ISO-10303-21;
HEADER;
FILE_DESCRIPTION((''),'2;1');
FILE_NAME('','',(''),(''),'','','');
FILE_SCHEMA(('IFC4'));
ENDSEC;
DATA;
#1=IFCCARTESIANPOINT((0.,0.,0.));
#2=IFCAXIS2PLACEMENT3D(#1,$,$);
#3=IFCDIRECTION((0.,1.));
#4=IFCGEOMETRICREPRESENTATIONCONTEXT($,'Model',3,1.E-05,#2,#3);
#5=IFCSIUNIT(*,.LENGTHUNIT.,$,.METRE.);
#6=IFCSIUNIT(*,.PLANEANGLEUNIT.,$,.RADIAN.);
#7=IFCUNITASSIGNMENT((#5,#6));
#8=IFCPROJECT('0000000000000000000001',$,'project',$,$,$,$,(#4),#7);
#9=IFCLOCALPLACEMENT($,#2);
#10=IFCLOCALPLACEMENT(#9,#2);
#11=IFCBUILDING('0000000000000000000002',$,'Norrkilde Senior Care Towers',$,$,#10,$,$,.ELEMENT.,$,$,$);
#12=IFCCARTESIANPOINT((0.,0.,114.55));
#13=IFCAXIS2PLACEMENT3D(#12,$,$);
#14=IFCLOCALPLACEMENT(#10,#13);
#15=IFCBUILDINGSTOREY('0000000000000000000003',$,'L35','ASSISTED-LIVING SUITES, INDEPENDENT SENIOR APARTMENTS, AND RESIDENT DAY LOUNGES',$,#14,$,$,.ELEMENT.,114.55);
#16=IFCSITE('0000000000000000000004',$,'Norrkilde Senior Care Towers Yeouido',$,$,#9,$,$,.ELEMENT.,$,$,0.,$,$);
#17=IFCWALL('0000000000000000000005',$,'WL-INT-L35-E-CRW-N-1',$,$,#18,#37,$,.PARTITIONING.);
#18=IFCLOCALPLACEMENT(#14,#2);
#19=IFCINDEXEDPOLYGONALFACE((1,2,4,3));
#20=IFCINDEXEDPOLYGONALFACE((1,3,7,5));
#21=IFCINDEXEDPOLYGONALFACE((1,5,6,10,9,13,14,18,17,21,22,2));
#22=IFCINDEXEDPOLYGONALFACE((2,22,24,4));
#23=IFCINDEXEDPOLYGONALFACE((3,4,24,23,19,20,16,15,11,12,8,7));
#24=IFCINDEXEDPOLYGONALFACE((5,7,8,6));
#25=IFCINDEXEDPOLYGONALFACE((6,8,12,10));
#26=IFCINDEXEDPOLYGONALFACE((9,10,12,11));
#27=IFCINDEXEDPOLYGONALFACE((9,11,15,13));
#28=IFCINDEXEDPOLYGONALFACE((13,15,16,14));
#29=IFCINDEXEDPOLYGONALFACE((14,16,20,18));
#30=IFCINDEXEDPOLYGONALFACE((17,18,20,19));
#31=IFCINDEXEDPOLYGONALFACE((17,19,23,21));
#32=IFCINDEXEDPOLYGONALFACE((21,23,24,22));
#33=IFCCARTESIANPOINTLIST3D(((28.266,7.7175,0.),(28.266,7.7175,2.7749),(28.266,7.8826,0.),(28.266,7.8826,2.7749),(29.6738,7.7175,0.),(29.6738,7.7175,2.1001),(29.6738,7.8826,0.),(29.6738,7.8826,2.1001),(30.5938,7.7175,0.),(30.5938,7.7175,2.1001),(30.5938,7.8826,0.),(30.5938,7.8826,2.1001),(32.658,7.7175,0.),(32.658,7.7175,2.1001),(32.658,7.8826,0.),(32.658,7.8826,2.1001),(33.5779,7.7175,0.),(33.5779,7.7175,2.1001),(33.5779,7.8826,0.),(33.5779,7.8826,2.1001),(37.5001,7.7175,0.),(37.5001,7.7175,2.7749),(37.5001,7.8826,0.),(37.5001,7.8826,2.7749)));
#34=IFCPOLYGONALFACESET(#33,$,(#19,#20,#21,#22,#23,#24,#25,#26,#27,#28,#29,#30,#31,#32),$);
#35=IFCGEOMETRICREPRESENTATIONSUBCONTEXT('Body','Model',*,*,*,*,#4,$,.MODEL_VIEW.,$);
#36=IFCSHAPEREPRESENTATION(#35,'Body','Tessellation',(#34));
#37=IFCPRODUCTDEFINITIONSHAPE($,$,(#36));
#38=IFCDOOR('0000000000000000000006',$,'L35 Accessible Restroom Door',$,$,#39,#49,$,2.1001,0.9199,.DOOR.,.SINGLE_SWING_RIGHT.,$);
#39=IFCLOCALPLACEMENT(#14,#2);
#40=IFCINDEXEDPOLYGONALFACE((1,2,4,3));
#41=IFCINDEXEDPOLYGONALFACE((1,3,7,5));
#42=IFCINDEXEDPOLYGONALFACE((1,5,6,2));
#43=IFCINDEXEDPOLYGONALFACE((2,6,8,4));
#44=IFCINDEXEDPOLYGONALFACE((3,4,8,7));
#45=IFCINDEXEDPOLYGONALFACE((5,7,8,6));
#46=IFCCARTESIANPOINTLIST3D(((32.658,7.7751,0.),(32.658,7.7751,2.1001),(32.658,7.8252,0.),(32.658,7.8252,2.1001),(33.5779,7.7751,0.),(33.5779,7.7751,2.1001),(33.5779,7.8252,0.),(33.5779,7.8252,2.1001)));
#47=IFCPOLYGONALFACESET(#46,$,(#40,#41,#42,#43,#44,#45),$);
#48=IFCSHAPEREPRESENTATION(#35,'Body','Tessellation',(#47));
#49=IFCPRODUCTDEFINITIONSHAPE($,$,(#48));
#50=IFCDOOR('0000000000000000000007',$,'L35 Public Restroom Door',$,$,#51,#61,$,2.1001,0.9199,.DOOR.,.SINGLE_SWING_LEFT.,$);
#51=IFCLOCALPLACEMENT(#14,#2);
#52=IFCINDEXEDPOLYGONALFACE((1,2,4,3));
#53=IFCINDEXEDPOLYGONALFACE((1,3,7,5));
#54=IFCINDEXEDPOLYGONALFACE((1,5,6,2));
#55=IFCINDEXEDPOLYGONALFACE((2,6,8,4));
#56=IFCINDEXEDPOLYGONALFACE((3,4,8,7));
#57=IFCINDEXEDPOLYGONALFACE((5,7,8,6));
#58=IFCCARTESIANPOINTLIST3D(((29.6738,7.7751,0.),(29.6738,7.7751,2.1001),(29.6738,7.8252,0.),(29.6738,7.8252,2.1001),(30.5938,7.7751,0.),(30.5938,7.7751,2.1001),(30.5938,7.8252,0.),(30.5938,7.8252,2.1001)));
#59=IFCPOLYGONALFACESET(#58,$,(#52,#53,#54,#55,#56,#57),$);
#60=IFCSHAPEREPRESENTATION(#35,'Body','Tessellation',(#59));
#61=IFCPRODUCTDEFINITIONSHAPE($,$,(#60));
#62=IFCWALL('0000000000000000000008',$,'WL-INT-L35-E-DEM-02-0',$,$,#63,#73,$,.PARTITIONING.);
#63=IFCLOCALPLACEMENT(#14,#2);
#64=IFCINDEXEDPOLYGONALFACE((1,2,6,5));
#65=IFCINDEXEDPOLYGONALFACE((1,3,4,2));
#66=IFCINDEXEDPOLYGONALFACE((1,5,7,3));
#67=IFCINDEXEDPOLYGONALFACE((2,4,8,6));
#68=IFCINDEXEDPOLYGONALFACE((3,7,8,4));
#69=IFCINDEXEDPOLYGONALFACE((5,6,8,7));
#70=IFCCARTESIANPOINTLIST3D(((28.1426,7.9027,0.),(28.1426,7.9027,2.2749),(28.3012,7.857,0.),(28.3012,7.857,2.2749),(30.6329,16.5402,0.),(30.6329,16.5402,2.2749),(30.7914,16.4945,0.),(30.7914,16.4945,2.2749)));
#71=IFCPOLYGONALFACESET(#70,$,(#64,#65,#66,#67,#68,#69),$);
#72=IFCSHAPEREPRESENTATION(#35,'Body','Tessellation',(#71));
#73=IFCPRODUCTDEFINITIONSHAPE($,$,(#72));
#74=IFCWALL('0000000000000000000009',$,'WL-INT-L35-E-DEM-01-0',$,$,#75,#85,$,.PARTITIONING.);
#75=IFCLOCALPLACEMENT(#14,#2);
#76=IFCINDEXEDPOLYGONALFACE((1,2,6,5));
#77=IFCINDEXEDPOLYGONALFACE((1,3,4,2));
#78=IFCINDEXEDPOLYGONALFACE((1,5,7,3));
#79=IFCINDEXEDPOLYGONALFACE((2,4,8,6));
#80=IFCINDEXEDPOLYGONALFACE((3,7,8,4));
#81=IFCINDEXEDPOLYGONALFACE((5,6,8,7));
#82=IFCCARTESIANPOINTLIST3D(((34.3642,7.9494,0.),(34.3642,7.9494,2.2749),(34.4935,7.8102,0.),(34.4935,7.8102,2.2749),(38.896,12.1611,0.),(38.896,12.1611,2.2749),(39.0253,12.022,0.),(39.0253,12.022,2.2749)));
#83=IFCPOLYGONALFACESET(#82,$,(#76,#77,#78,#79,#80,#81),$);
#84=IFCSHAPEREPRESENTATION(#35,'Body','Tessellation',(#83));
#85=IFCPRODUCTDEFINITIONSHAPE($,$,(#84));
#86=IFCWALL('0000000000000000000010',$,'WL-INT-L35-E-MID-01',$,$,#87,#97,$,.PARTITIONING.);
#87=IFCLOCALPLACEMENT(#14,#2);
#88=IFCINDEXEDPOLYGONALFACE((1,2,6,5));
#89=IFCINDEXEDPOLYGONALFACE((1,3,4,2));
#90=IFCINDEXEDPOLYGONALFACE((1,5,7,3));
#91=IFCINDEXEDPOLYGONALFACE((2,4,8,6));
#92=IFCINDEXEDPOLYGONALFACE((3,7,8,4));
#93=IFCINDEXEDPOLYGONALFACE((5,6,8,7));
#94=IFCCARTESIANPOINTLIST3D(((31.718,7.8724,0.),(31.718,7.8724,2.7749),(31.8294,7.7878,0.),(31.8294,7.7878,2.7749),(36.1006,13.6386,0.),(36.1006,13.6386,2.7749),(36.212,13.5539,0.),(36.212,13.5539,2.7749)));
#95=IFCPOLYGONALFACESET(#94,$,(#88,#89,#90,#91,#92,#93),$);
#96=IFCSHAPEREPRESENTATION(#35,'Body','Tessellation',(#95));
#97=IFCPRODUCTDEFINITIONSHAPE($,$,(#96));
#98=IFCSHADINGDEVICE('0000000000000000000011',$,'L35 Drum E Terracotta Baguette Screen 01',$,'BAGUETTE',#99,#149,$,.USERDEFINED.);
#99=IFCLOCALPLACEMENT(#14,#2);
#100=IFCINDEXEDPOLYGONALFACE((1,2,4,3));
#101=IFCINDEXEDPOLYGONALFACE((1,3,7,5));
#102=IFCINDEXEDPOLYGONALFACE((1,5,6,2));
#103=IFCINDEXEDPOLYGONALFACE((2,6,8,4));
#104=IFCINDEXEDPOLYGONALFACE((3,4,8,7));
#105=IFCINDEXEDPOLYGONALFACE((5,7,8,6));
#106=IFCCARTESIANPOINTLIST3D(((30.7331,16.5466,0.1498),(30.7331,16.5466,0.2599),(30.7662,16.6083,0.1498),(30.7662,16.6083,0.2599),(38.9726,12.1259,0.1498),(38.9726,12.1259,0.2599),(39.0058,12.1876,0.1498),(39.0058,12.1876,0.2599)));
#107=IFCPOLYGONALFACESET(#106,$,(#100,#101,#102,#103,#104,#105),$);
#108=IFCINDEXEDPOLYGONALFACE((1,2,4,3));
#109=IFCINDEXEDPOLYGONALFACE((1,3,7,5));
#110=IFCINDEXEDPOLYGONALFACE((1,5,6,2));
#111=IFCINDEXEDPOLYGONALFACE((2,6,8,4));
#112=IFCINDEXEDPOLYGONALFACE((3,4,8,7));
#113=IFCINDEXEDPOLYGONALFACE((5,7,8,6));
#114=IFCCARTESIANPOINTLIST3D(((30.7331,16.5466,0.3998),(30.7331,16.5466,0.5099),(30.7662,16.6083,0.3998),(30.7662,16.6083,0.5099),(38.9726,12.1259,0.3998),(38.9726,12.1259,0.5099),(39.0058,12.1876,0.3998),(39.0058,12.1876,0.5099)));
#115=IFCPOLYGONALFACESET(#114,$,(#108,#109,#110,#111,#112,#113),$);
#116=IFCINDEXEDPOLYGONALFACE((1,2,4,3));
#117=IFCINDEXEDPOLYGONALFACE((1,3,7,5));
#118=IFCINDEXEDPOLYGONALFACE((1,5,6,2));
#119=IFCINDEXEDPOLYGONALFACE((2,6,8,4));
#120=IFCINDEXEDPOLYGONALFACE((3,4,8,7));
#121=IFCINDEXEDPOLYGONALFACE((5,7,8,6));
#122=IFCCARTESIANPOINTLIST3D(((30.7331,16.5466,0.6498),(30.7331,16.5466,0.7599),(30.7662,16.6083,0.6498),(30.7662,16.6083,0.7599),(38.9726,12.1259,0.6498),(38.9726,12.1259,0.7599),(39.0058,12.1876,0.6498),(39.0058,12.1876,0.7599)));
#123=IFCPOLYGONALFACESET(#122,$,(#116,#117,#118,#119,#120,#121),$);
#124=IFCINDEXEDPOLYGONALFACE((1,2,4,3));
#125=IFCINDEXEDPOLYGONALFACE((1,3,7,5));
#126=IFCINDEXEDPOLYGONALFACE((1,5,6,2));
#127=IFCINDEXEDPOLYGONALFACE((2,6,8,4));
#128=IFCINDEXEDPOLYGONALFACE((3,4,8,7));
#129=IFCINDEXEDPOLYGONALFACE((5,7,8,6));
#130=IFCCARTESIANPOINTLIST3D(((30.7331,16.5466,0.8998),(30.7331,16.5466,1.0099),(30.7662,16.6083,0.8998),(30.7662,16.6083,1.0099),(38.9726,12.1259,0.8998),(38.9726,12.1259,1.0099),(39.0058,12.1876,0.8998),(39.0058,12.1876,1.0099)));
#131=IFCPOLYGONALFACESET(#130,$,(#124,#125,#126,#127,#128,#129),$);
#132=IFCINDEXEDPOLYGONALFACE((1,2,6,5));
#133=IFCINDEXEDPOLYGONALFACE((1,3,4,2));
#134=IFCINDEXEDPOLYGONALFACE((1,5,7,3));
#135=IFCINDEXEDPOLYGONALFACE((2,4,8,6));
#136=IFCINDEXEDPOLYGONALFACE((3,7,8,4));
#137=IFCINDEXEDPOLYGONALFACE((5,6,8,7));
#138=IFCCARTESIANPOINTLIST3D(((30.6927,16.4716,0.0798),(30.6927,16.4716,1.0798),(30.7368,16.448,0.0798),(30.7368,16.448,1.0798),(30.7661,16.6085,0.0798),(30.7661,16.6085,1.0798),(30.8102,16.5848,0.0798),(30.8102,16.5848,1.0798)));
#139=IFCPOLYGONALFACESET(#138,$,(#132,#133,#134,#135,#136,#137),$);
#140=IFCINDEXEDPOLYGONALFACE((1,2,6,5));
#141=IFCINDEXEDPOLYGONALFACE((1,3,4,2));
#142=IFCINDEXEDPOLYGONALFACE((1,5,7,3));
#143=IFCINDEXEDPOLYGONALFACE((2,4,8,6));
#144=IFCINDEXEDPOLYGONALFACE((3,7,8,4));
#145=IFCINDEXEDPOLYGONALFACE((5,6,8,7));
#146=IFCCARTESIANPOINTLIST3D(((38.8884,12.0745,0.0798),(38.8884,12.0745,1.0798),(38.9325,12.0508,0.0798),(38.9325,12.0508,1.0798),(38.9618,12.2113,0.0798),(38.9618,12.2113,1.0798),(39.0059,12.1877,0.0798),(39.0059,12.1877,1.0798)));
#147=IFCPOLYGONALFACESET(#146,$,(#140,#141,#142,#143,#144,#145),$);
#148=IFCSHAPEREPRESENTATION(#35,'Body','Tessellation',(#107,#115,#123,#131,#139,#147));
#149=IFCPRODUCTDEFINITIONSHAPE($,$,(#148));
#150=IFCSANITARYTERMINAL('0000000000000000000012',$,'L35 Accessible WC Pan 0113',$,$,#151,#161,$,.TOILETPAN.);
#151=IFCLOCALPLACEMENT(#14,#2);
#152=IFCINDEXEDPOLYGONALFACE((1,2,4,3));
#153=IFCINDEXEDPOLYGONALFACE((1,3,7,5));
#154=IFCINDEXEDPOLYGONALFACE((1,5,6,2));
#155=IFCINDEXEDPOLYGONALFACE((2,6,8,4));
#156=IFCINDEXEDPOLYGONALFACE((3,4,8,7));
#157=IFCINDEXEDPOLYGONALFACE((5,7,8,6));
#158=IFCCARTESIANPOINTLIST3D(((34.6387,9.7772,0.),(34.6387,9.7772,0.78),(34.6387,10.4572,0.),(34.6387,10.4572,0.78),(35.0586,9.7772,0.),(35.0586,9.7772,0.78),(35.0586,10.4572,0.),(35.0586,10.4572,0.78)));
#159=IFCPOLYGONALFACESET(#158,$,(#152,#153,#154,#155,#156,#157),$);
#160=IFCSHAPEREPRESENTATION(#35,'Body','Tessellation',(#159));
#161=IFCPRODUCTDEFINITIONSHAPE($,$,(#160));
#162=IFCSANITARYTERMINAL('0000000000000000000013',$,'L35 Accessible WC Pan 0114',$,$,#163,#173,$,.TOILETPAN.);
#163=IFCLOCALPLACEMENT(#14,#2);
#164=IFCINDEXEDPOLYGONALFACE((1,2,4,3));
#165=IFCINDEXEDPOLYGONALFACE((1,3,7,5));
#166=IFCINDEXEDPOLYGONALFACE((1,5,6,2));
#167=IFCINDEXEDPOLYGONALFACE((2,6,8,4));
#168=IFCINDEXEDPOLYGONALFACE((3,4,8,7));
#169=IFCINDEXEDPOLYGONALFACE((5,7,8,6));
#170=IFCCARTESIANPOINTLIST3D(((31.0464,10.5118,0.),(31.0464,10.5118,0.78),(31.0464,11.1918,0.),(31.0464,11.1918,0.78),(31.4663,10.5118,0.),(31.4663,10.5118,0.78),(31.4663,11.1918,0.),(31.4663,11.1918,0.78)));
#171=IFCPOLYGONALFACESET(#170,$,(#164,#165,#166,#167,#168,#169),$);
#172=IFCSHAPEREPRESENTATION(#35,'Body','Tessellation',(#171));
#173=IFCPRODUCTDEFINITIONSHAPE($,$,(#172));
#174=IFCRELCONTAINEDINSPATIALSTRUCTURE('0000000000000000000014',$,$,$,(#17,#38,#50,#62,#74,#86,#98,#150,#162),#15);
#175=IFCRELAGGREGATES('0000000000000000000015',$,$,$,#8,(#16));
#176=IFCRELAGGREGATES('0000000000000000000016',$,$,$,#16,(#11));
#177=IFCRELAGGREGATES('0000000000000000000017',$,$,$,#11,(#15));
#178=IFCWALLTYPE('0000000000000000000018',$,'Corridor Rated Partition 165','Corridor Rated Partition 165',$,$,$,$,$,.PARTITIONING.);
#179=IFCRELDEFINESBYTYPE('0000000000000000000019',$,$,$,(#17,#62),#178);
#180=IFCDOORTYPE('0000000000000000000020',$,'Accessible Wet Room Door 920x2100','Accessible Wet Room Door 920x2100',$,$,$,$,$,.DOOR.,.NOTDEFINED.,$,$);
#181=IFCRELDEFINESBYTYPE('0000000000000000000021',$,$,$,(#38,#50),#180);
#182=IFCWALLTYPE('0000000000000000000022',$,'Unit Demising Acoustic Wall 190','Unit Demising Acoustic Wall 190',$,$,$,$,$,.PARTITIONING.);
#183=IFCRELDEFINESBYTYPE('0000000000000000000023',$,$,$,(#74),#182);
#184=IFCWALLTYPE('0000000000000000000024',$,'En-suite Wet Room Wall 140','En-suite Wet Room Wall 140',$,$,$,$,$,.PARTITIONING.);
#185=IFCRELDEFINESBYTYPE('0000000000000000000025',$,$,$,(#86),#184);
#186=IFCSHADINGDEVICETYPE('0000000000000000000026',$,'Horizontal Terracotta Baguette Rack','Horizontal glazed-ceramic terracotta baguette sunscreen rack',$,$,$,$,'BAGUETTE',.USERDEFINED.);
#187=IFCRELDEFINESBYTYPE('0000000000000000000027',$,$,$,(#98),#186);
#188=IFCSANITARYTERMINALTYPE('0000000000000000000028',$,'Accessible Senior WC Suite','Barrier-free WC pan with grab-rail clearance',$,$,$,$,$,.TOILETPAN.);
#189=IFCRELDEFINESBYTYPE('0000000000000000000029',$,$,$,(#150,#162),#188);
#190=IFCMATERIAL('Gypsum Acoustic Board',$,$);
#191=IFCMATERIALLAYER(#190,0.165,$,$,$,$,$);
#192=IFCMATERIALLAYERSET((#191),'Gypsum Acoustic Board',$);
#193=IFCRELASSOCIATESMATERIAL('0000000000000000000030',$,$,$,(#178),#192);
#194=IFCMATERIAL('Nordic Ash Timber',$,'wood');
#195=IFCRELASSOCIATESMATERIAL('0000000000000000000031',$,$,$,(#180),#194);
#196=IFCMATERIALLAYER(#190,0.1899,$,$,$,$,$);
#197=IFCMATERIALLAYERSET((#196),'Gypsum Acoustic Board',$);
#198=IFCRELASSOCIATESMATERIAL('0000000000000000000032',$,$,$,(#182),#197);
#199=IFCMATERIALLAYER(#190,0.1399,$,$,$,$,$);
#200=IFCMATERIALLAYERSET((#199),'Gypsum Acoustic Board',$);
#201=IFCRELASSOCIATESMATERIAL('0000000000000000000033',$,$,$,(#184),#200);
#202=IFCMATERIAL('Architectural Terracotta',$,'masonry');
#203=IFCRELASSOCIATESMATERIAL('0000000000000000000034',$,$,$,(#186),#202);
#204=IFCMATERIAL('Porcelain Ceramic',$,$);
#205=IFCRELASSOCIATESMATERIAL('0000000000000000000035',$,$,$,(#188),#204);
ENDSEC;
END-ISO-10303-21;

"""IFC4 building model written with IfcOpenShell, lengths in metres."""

from ifc_helpers import new_model, si_unit, direction, frame, frame_2d, origin, origin_2d, place, context, subcontext, project, spatial, rectangle, extrude, source, transform, mapped, material, layer, layer_set, type_object, type_shapes, element, fill, save


model = new_model("IFC4")

# Units and contexts
model_context = context("Model", 3, precision=1e-05, world=origin(), true_north=direction((0.0, 1.0)))
body_context = subcontext(model_context, "Body", "Model", "MODEL_VIEW")
ifc_project = project(units=[si_unit("LENGTHUNIT", "METRE"), si_unit("PLANEANGLEUNIT", "RADIAN")], contexts=[model_context])

# Site, building, storey
site_placement = place(None, origin())
site = spatial("IfcSite", under=ifc_project, at=site_placement, Name="Norrkilde Senior Care Towers Yeouido", CompositionType="ELEMENT", RefElevation=0.0)
building_placement = place(site_placement, origin())
building = spatial("IfcBuilding", under=site, at=building_placement, Name="Norrkilde Senior Care Towers", CompositionType="ELEMENT")
storey_placement = place(building_placement, frame((0.0, 0.0, 114.55)))
storey = spatial("IfcBuildingStorey", under=building, at=storey_placement, Name="L35", Description="ASSISTED-LIVING SUITES, INDEPENDENT SENIOR APARTMENTS, AND RESIDENT DAY LOUNGES", CompositionType="ELEMENT", Elevation=114.55)

# Shared definitions
ifc_material_1 = material(Name="Gypsum Acoustic Board")
ifc_layer_1 = layer(ifc_material_1, 0.165)
ifc_layer_set_1 = layer_set([ifc_layer_1], Name="Gypsum Acoustic Board")
wall_type_1 = type_object("IfcWallType", Name="Corridor Rated Partition 165", Description="Corridor Rated Partition 165", PredefinedType="PARTITIONING", material=ifc_layer_set_1)
ifc_material_2 = material(Name="Nordic Ash Timber", Category="wood")

# Wall, openings, doors
shared_shape_1 = source(origin(), body_context, "Body", "SweptSolid", [
    extrude(rectangle(XDim=9.2341, YDim=0.165, at=frame_2d((4.6172, 0.0))), origin(), (0.0, 0.0, 1.0), 2.7749),
])
wall_1_placement = place(storey_placement, frame((28.2659, 7.8, 0.0), z_axis=(0.0, 0.0, 1.0), x_axis=(1.0, 0.0, 0.0)))
wall_1 = element("IfcWall", 1, at=wall_1_placement, inside=storey, type_object=wall_type_1, Name="WL-INT-L35-E-CRW-N-1", PredefinedType="PARTITIONING", context=body_context, shape_type="MappedRepresentation", body=[
    mapped(shared_shape_1, transform((0.0, 0.0, 0.0), x_axis=(1.0, 0.0, 0.0), y_axis=(0.0, 1.0, 0.0), z_axis=(0.0, 0.0, 1.0), scale=1.0)),
])
opening_1_placement = place(wall_1_placement, frame((4.3921, 0.0, 0.0)))
opening_1 = element("IfcOpeningElement", 2, at=opening_1_placement, cuts=wall_1, PredefinedType="OPENING", context=body_context, shape_type="SweptSolid", body=[
    extrude(rectangle(XDim=0.9199, YDim=2.1001, at=frame_2d((0.46, 1.05))), frame((0.0, 0.0925, 0.0), z_axis=(0.0, -1.0, 0.0), x_axis=(1.0, 0.0, 0.0)), (0.0, 0.0, 1.0), 0.1851),
])
opening_2_placement = place(wall_1_placement, frame((1.408, 0.0, 0.0)))
opening_2 = element("IfcOpeningElement", 3, at=opening_2_placement, cuts=wall_1, PredefinedType="OPENING", context=body_context, shape_type="SweptSolid", body=[
    extrude(rectangle(XDim=0.9199, YDim=2.1001, at=frame_2d((0.46, 1.05))), frame((0.0, 0.0925, 0.0), z_axis=(0.0, -1.0, 0.0), x_axis=(1.0, 0.0, 0.0)), (0.0, 0.0, 1.0), 0.1851),
])
door_type_1 = type_object("IfcDoorType", Name="Accessible Wet Room Door 920x2100", Description="Accessible Wet Room Door 920x2100", OperationType="NOTDEFINED", PredefinedType="DOOR", material=ifc_material_2)
shared_shape_2 = source(origin(), body_context, "Body", "SweptSolid", [
    extrude(rectangle(XDim=0.9199, YDim=2.1001, at=frame_2d((0.46, 1.05))), frame((0.0, 0.0249, 0.0), z_axis=(0.0, -1.0, 0.0), x_axis=(1.0, 0.0, 0.0)), (0.0, 0.0, 1.0), 0.05),
])
type_shapes(door_type_1, [shared_shape_2])
door_1_placement = place(opening_1_placement, frame((0.9199, 0.0, 0.0), z_axis=(0.0, 0.0, 1.0), x_axis=(-1.0, 0.0, 0.0)))
door_1 = element("IfcDoor", 4, at=door_1_placement, inside=storey, type_object=door_type_1, Name="L35 Accessible Restroom Door", OperationType="SINGLE_SWING_RIGHT", OverallHeight=2.1001, OverallWidth=0.9199, PredefinedType="DOOR", context=body_context, shape_type="MappedRepresentation", body=[
    mapped(shared_shape_2, transform((0.0, 0.0, 0.0), x_axis=(1.0, 0.0, 0.0), y_axis=(0.0, 1.0, 0.0), z_axis=(0.0, 0.0, 1.0), scale=1.0)),
])
fill(opening_1, door_1)
door_2_placement = place(opening_2_placement, frame((0.9199, 0.0, 0.0), z_axis=(0.0, 0.0, 1.0), x_axis=(-1.0, 0.0, 0.0)))
door_2 = element("IfcDoor", 5, at=door_2_placement, inside=storey, type_object=door_type_1, Name="L35 Public Restroom Door", OperationType="SINGLE_SWING_LEFT", OverallHeight=2.1001, OverallWidth=0.9199, PredefinedType="DOOR", context=body_context, shape_type="MappedRepresentation", body=[
    mapped(shared_shape_2, transform((0.0, 0.0, 0.0), x_axis=(1.0, 0.0, 0.0), y_axis=(0.0, 1.0, 0.0), z_axis=(0.0, 0.0, 1.0), scale=1.0)),
])
fill(opening_2, door_2)

# Walls
shared_shape_3 = source(origin(), body_context, "Body", "SweptSolid", [
    extrude(rectangle(XDim=8.9893, YDim=0.165, at=frame_2d((4.4946, 0.0))), origin(), (0.0, 0.0, 1.0), 2.2749),
])
wall_2_placement = place(storey_placement, frame((28.2219, 7.8799, 0.0), z_axis=(0.0, 0.0, 1.0), x_axis=(0.277023, 0.960863, 0.0)))
element("IfcWall", 6, at=wall_2_placement, inside=storey, type_object=wall_type_1, Name="WL-INT-L35-E-DEM-02-0", PredefinedType="PARTITIONING", context=body_context, shape_type="MappedRepresentation", body=[
    mapped(shared_shape_3, transform((0.0, 0.0, 0.0), x_axis=(1.0, 0.0, 0.0), y_axis=(0.0, 1.0, 0.0), z_axis=(0.0, 0.0, 1.0), scale=1.0)),
])
ifc_layer_2 = layer(ifc_material_1, 0.1899)
ifc_layer_set_2 = layer_set([ifc_layer_2], Name="Gypsum Acoustic Board")
wall_type_2 = type_object("IfcWallType", Name="Unit Demising Acoustic Wall 190", Description="Unit Demising Acoustic Wall 190", PredefinedType="PARTITIONING", material=ifc_layer_set_2)
shared_shape_4 = source(origin(), body_context, "Body", "SweptSolid", [
    extrude(rectangle(XDim=6.1868, YDim=0.1899, at=frame_2d((3.0933, 0.0))), origin(), (0.0, 0.0, 1.0), 2.2749),
])
type_shapes(wall_type_2, [shared_shape_4])
wall_3_placement = place(storey_placement, frame((34.429, 7.8799, 0.0), z_axis=(0.0, 0.0, 1.0), x_axis=(0.732501, 0.680766, 0.0)))
element("IfcWall", 7, at=wall_3_placement, inside=storey, type_object=wall_type_2, Name="WL-INT-L35-E-DEM-01-0", PredefinedType="PARTITIONING", context=body_context, shape_type="MappedRepresentation", body=[
    mapped(shared_shape_4, transform((0.0, 0.0, 0.0), x_axis=(1.0, 0.0, 0.0), y_axis=(0.0, 1.0, 0.0), z_axis=(0.0, 0.0, 1.0), scale=1.0)),
])
ifc_layer_3 = layer(ifc_material_1, 0.1399)
ifc_layer_set_3 = layer_set([ifc_layer_3], Name="Gypsum Acoustic Board")
wall_type_3 = type_object("IfcWallType", Name="En-suite Wet Room Wall 140", Description="En-suite Wet Room Wall 140", PredefinedType="PARTITIONING", material=ifc_layer_set_3)
shared_shape_5 = source(origin(), body_context, "Body", "SweptSolid", [
    extrude(rectangle(XDim=7.2427, YDim=0.1399, at=frame_2d((3.6213, 0.0))), origin(), (0.0, 0.0, 1.0), 2.7749),
])
type_shapes(wall_type_3, [shared_shape_5])
wall_4_placement = place(storey_placement, frame((31.7737, 7.8301, 0.0), z_axis=(0.0, 0.0, 1.0), x_axis=(0.605111, 0.796141, 0.0)))
element("IfcWall", 8, at=wall_4_placement, inside=storey, type_object=wall_type_3, Name="WL-INT-L35-E-MID-01", PredefinedType="PARTITIONING", context=body_context, shape_type="MappedRepresentation", body=[
    mapped(shared_shape_5, transform((0.0, 0.0, 0.0), x_axis=(1.0, 0.0, 0.0), y_axis=(0.0, 1.0, 0.0), z_axis=(0.0, 0.0, 1.0), scale=1.0)),
])

# Shading device
ifc_material_3 = material(Name="Architectural Terracotta", Category="masonry")
shading_device_type = type_object("IfcShadingDeviceType", Name="Horizontal Terracotta Baguette Rack", Description="Horizontal glazed-ceramic terracotta baguette sunscreen rack", ElementType="BAGUETTE", PredefinedType="USERDEFINED", material=ifc_material_3)
shared_shape_6 = source(origin(), body_context, "Body", "SweptSolid", [
    extrude(rectangle(XDim=0.0701, YDim=0.1101, at=origin_2d()), frame((0.0, 0.0901, 0.125), z_axis=(1.0, 0.0, 0.0), x_axis=(0.0, 1.0, 0.0)), (0.0, 0.0, 1.0), 9.3506),
    extrude(rectangle(XDim=0.0701, YDim=0.1101, at=origin_2d()), frame((0.0, 0.0901, 0.375), z_axis=(1.0, 0.0, 0.0), x_axis=(0.0, 1.0, 0.0)), (0.0, 0.0, 1.0), 9.3506),
    extrude(rectangle(XDim=0.0701, YDim=0.1101, at=origin_2d()), frame((0.0, 0.0901, 0.625), z_axis=(1.0, 0.0, 0.0), x_axis=(0.0, 1.0, 0.0)), (0.0, 0.0, 1.0), 9.3506),
    extrude(rectangle(XDim=0.0701, YDim=0.1101, at=origin_2d()), frame((0.0, 0.0901, 0.875), z_axis=(1.0, 0.0, 0.0), x_axis=(0.0, 1.0, 0.0)), (0.0, 0.0, 1.0), 9.3506),
    extrude(rectangle(XDim=0.05, YDim=0.1553, at=origin_2d()), frame((0.0249, 0.0476, 0.0)), (0.0, 0.0, 1.0), 1.0),
    extrude(rectangle(XDim=0.05, YDim=0.1553, at=origin_2d()), frame((9.3257, 0.0476, 0.0)), (0.0, 0.0, 1.0), 1.0),
])
type_shapes(shading_device_type, [shared_shape_6])
shading_device_placement = place(storey_placement, frame((30.707, 16.498, 0.0798), z_axis=(0.0, 0.0, 1.0), x_axis=(0.881175, -0.472768, 0.0)))
element("IfcShadingDevice", 9, at=shading_device_placement, inside=storey, type_object=shading_device_type, Name="L35 Drum E Terracotta Baguette Screen 01", ObjectType="BAGUETTE", PredefinedType="USERDEFINED", context=body_context, shape_type="MappedRepresentation", body=[
    mapped(shared_shape_6, transform((0.0, 0.0, 0.0), x_axis=(1.0, 0.0, 0.0), y_axis=(0.0, 1.0, 0.0), z_axis=(0.0, 0.0, 1.0), scale=1.0)),
])

# Sanitary terminals
ifc_material_4 = material(Name="Porcelain Ceramic")
sanitary_terminal_type_1 = type_object("IfcSanitaryTerminalType", Name="Accessible Senior WC Suite", Description="Barrier-free WC pan with grab-rail clearance", PredefinedType="TOILETPAN", material=ifc_material_4)
shared_shape_7 = source(origin(), body_context, "Body", "SweptSolid", [
    extrude(rectangle(XDim=0.4199, YDim=0.6799, at=origin_2d()), origin(), (0.0, 0.0, 1.0), 0.78),
])
type_shapes(sanitary_terminal_type_1, [shared_shape_7])
for number, where, z_axis, x_axis, name in (
    (10, (34.8486, 10.1172, 0.0), (0.0, 0.0, 1.0), (1.0, 0.0, 0.0), "L35 Accessible WC Pan 0113"),
    (11, (31.2563, 10.8518, 0.0), (0.0, 0.0, 1.0), (1.0, 0.0, 0.0), "L35 Accessible WC Pan 0114"),
):
    element("IfcSanitaryTerminal", number, at=place(storey_placement, frame(where, z_axis=z_axis, x_axis=x_axis)), inside=storey, type_object=sanitary_terminal_type_1, Name=name, PredefinedType="TOILETPAN", context=body_context, shape_type="MappedRepresentation", body=[
        mapped(shared_shape_7, transform((0.0, 0.0, 0.0), x_axis=(1.0, 0.0, 0.0), y_axis=(0.0, 1.0, 0.0), z_axis=(0.0, 0.0, 1.0), scale=1.0)),
    ])

save(model, "model.ifc")
